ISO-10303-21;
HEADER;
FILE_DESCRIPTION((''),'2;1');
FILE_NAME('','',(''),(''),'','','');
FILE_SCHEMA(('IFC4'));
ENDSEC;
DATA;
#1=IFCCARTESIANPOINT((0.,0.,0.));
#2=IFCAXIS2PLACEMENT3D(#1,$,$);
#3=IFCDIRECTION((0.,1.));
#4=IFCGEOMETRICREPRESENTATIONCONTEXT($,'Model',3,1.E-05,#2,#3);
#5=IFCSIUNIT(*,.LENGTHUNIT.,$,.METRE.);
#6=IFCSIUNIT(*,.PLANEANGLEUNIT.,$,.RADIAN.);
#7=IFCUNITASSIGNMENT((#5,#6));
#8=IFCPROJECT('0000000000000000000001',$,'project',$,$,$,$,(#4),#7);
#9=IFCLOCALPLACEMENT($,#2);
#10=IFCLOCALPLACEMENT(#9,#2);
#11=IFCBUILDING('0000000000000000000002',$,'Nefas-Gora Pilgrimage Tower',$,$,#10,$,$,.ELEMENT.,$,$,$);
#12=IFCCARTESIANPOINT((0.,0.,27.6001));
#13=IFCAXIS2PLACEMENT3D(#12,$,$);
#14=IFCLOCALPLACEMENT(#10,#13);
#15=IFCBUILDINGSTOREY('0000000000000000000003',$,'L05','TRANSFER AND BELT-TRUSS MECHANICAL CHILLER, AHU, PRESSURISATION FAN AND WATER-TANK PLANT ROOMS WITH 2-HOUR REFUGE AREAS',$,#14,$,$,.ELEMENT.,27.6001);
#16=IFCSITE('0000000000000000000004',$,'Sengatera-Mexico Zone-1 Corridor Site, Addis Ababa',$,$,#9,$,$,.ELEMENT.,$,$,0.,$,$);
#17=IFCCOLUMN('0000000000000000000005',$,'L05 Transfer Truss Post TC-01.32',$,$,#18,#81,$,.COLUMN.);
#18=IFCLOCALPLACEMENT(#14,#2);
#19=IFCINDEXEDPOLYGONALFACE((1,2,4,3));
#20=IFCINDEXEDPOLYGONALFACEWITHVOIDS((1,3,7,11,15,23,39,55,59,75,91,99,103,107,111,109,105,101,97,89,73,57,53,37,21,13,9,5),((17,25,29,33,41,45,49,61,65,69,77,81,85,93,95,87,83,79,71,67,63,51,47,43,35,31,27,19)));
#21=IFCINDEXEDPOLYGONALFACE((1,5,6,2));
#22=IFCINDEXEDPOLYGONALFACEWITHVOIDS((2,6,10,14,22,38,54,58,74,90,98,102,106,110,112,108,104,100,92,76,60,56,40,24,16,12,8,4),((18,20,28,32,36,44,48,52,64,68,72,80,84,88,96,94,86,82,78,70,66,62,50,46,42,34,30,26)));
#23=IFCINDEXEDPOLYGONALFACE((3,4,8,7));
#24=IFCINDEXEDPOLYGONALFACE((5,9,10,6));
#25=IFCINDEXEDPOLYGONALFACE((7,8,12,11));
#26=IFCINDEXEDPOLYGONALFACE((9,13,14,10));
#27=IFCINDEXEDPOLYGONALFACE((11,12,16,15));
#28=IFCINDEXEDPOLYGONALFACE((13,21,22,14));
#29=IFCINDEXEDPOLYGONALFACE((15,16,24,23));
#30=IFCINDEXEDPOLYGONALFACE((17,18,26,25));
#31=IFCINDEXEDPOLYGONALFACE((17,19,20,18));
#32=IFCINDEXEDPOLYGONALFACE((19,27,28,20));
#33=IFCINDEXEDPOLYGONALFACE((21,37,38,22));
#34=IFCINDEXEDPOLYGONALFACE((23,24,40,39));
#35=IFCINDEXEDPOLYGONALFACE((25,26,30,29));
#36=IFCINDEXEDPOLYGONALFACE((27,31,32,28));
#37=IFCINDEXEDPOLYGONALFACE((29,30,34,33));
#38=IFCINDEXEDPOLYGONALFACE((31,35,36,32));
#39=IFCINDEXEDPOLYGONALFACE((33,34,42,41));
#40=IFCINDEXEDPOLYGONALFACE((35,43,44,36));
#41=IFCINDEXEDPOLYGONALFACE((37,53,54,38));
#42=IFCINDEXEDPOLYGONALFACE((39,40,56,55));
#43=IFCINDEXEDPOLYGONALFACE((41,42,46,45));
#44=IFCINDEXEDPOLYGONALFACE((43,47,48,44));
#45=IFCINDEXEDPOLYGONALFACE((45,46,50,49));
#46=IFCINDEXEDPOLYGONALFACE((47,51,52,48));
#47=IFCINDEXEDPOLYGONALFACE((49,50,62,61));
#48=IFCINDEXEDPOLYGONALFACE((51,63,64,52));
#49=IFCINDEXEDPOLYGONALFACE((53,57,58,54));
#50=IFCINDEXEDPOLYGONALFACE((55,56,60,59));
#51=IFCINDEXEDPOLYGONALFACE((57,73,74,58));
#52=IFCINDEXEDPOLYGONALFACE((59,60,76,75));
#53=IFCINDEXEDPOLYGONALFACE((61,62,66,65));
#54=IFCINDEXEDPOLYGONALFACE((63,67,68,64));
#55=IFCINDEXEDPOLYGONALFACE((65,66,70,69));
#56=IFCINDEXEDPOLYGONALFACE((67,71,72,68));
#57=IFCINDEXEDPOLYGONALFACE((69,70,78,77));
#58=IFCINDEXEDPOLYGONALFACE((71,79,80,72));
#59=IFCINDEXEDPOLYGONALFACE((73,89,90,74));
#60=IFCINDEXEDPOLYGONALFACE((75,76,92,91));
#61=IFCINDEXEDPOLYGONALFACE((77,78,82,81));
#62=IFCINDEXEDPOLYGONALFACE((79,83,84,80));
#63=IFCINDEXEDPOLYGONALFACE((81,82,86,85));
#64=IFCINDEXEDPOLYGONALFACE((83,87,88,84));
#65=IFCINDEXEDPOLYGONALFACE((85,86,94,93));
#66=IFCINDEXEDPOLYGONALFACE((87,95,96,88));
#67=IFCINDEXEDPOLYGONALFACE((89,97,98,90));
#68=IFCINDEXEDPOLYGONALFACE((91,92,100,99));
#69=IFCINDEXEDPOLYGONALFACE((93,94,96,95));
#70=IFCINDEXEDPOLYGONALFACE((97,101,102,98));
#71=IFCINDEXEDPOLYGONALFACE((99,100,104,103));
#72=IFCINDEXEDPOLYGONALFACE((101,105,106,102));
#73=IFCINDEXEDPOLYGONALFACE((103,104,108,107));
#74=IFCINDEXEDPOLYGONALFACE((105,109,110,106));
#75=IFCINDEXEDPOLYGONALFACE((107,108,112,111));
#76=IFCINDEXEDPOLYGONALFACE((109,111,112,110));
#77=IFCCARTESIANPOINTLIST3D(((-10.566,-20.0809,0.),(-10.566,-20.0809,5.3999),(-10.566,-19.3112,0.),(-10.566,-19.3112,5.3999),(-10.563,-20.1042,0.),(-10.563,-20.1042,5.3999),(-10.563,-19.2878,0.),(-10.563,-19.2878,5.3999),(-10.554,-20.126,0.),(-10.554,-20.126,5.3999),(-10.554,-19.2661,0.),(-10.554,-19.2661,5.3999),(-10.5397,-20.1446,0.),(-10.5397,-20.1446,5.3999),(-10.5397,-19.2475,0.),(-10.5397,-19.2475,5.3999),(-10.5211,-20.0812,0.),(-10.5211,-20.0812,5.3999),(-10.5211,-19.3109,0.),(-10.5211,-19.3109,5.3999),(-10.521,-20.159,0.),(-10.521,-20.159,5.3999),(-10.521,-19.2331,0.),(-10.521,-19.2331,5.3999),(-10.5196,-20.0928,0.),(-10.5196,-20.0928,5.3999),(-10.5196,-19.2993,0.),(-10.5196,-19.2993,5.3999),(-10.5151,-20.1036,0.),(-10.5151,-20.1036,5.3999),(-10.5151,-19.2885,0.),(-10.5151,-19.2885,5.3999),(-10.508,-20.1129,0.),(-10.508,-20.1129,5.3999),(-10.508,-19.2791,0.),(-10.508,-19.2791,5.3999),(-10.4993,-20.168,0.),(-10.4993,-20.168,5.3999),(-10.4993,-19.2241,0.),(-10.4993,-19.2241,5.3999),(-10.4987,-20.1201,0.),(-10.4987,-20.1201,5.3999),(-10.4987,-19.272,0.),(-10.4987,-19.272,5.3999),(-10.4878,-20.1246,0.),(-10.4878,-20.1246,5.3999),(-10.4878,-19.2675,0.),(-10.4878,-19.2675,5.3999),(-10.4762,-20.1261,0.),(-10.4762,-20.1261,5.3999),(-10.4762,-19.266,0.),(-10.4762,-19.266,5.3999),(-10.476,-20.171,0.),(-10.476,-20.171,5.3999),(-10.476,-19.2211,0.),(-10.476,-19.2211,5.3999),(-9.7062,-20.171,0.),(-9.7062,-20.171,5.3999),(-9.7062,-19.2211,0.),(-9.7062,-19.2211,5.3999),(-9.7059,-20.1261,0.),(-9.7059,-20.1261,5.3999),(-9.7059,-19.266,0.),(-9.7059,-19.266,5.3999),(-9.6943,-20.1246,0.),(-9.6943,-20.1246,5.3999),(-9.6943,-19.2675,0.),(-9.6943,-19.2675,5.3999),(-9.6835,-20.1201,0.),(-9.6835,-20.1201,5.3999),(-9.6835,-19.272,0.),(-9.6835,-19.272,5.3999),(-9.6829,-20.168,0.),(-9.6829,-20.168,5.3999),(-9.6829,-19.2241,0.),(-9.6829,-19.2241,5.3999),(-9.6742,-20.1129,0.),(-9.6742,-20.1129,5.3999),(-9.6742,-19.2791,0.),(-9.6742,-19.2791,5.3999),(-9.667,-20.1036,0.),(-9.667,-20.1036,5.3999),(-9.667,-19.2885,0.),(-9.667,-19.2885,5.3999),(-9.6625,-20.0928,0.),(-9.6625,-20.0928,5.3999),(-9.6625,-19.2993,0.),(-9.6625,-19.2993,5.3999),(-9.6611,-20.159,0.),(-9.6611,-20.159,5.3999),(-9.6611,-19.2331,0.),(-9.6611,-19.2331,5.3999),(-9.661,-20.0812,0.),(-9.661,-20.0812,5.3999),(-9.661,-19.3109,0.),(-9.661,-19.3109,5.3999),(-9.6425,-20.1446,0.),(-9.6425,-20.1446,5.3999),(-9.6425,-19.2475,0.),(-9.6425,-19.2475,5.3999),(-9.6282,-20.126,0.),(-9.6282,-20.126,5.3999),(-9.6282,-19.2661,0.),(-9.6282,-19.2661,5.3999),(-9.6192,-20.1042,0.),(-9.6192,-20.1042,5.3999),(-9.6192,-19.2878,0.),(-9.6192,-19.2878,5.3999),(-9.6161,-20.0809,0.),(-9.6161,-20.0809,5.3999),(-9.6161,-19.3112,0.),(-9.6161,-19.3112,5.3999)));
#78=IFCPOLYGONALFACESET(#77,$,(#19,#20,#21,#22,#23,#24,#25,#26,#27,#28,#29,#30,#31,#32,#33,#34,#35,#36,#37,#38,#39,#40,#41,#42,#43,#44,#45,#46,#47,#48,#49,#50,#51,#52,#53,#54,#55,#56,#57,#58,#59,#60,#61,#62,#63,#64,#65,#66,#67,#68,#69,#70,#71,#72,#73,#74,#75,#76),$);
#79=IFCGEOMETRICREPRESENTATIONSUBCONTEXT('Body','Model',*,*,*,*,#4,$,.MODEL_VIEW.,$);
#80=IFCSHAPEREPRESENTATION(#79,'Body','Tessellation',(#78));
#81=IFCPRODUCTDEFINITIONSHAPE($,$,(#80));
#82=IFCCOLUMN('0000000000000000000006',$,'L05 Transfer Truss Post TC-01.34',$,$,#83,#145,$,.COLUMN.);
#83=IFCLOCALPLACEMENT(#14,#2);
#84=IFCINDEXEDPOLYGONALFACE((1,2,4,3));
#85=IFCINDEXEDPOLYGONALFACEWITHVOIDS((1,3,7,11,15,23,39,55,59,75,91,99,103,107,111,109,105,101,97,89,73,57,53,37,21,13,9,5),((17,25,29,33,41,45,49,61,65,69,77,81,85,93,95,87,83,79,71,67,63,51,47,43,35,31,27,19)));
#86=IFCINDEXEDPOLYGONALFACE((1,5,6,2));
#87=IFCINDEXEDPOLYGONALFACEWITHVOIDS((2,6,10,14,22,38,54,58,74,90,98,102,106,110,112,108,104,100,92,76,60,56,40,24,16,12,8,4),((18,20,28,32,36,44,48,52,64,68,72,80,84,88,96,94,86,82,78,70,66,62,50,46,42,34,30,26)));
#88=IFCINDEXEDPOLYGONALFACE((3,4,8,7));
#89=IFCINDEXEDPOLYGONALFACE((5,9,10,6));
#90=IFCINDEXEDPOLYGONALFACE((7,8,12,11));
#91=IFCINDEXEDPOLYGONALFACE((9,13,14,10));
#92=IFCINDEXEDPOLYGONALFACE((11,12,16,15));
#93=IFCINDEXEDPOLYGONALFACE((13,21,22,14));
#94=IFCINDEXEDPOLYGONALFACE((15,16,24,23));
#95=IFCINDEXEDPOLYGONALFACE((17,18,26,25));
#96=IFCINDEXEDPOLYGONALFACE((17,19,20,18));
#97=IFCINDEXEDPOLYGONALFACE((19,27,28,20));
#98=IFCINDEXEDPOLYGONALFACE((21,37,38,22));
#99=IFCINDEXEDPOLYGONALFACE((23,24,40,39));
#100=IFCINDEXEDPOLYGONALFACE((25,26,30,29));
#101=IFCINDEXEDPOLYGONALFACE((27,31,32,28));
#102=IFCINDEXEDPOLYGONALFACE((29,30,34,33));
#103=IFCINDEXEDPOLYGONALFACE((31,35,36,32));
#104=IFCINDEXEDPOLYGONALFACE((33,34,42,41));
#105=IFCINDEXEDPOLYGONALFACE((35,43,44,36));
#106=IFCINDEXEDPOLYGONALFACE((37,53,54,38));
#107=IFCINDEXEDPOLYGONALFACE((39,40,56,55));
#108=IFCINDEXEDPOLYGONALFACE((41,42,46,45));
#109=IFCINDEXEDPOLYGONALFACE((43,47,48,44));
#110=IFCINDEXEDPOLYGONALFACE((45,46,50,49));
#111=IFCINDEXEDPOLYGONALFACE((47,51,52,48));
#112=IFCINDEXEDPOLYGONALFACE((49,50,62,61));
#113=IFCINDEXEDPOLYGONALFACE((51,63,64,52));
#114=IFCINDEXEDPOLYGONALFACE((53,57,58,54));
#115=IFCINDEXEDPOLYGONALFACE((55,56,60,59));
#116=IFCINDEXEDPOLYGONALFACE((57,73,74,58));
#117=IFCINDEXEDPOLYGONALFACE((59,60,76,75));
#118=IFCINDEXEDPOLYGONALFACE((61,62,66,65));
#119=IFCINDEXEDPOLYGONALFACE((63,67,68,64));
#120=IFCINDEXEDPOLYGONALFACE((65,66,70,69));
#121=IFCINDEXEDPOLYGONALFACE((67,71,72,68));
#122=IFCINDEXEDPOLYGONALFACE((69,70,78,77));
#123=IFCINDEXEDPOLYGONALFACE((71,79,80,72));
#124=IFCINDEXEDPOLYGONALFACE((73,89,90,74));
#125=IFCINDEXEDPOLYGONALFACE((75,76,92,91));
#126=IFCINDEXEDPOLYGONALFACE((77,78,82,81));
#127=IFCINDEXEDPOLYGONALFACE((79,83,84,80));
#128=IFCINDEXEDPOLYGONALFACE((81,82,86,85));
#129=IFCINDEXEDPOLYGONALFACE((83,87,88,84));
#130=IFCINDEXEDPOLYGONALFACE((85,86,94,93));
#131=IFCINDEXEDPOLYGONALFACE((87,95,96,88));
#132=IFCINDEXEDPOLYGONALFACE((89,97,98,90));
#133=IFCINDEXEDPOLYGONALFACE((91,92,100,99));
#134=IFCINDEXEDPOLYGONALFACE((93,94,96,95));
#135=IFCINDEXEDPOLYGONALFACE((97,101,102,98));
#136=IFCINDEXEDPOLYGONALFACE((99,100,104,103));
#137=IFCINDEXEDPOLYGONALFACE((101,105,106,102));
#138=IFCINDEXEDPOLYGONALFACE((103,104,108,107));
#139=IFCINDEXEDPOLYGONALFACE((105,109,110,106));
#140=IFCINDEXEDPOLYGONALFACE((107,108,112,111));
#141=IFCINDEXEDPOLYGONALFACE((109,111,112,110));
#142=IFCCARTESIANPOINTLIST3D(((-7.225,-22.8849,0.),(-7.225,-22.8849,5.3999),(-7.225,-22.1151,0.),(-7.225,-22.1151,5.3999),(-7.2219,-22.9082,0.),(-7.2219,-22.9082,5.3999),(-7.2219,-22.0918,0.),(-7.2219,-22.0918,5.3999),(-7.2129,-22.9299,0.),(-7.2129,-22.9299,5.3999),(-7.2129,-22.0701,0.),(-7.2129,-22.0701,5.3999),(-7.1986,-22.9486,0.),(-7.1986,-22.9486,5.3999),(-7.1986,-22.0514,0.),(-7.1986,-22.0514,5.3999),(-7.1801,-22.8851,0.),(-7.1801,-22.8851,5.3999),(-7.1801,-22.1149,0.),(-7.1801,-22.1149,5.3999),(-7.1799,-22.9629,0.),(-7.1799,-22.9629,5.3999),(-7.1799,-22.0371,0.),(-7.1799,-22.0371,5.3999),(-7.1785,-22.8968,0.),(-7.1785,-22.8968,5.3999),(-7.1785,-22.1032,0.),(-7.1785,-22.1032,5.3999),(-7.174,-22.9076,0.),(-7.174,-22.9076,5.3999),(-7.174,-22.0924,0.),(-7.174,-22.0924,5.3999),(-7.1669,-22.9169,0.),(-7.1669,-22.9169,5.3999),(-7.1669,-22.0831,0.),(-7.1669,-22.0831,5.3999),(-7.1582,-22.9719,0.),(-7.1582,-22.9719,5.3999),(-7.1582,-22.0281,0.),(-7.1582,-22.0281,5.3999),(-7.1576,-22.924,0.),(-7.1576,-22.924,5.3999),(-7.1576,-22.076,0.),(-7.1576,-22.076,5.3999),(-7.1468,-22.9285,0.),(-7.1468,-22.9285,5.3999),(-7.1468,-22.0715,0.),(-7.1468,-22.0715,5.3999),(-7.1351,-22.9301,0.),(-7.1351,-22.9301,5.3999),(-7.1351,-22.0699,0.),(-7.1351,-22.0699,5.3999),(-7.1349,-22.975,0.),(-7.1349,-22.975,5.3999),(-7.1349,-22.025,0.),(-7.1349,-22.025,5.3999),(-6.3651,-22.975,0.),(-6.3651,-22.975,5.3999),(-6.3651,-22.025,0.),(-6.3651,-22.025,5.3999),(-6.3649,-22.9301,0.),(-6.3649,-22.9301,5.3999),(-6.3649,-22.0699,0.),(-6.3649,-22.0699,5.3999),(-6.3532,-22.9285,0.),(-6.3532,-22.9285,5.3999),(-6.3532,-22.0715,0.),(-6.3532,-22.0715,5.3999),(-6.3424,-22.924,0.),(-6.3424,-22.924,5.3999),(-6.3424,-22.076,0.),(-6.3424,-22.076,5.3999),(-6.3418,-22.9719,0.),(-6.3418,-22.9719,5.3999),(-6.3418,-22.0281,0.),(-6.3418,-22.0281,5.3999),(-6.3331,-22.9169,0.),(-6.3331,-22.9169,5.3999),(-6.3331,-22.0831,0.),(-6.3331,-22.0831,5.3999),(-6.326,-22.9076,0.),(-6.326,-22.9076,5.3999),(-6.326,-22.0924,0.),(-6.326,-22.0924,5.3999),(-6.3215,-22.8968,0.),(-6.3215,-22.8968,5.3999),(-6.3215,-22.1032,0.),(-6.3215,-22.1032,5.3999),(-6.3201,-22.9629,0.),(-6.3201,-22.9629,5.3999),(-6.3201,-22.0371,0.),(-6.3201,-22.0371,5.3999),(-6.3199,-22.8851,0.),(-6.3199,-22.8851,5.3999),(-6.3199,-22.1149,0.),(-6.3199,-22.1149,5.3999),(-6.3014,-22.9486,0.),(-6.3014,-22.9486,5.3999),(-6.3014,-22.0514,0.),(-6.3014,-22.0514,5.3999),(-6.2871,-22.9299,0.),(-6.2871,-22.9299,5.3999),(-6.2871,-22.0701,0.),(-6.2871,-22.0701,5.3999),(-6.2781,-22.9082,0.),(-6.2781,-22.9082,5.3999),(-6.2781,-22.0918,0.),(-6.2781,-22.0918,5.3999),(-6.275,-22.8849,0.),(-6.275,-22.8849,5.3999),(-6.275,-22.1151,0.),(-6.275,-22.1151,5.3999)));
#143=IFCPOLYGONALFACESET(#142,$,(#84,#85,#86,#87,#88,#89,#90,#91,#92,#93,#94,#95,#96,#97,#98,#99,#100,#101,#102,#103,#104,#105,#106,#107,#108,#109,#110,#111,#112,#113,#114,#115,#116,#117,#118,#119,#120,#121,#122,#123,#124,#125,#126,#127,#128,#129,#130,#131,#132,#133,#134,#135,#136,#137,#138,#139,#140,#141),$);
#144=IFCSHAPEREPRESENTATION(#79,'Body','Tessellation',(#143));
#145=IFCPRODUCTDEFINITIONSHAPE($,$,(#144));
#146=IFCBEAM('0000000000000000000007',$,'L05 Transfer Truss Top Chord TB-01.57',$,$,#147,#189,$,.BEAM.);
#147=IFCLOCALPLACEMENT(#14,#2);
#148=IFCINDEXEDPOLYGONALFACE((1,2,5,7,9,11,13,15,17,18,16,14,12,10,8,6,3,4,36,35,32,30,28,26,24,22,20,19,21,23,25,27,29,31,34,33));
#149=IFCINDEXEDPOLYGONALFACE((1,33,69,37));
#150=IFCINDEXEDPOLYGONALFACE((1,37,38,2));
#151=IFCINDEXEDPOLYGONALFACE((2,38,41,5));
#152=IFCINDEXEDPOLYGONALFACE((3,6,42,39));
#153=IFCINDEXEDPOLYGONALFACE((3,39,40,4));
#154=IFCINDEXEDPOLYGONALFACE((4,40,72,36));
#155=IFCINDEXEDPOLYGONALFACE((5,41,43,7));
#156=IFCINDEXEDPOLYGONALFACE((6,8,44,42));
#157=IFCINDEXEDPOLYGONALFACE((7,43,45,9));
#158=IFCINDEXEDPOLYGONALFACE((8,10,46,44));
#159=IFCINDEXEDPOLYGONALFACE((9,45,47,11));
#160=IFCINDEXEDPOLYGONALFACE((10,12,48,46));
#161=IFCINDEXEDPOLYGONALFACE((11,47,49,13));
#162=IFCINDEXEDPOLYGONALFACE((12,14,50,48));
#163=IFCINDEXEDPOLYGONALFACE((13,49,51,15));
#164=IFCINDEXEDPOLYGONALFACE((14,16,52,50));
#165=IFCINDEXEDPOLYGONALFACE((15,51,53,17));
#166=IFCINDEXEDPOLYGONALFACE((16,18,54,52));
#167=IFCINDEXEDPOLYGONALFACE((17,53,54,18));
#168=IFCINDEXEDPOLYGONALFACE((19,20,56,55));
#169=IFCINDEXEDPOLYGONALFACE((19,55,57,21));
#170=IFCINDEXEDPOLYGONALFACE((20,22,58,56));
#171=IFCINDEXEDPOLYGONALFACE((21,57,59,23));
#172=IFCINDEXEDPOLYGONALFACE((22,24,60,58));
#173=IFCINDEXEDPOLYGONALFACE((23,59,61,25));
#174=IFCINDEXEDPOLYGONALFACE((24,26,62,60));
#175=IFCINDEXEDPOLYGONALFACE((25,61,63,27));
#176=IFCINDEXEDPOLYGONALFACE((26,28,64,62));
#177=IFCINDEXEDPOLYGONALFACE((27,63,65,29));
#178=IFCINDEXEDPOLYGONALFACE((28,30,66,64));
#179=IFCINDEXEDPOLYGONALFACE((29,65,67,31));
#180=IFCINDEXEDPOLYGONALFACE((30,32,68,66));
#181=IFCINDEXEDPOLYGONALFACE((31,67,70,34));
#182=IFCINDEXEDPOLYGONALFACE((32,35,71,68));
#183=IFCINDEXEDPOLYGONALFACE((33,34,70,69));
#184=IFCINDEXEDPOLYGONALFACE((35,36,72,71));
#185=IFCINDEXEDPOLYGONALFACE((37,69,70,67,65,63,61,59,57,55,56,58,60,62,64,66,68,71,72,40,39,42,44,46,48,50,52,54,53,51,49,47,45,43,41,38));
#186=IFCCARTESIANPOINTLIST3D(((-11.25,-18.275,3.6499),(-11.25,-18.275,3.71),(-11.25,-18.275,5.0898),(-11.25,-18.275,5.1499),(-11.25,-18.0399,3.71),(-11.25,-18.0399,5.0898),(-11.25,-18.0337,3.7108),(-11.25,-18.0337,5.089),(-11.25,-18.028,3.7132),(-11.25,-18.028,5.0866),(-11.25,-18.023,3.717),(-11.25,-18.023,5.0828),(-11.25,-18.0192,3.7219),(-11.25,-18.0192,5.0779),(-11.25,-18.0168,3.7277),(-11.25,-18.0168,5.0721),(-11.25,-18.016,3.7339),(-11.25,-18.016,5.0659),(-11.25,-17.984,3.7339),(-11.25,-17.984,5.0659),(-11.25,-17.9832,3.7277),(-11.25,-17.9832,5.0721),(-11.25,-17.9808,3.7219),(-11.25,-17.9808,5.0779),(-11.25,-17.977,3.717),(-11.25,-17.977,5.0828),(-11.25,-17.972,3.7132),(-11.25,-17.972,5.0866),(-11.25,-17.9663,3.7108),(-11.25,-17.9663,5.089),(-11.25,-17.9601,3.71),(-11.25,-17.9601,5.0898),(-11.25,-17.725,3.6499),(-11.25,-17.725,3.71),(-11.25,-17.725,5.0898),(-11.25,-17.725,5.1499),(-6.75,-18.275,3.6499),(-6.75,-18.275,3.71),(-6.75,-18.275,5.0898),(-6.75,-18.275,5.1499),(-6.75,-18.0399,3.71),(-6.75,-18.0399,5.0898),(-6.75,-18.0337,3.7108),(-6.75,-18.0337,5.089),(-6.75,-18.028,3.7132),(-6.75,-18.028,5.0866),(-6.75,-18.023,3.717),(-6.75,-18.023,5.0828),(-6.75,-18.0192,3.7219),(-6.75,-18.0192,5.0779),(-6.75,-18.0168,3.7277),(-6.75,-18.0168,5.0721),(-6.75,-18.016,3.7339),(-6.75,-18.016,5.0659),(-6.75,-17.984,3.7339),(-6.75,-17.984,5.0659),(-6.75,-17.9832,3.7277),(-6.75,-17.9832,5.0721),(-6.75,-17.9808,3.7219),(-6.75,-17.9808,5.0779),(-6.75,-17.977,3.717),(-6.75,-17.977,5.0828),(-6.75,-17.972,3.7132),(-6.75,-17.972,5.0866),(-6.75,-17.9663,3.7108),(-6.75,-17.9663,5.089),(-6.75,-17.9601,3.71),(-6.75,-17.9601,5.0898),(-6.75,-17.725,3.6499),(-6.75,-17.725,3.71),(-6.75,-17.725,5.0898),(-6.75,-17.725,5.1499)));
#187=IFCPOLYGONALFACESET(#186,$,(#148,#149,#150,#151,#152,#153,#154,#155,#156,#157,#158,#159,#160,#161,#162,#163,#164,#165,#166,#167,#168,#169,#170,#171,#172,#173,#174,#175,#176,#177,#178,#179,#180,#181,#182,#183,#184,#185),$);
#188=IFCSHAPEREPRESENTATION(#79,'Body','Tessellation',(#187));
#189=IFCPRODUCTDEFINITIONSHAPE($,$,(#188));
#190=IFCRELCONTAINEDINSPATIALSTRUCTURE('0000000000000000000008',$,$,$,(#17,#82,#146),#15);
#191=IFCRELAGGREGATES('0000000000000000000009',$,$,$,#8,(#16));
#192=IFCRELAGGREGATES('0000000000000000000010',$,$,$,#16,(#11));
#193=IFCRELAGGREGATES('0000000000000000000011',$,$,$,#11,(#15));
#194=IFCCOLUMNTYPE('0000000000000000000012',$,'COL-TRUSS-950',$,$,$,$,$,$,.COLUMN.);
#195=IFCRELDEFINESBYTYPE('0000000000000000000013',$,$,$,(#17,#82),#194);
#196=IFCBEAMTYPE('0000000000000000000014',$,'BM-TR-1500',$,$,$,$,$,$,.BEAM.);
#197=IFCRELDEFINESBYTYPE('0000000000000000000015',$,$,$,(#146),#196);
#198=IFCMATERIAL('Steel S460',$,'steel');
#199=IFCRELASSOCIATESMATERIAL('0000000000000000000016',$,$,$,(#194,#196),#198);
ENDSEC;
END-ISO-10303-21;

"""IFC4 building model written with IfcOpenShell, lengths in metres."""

from ifc_helpers import new_model, si_unit, direction, frame, origin, origin_2d, place, context, subcontext, project, spatial, hollow_rectangle, i_section, extrude, source, transform, mapped, material, material_profile, profile_set, type_object, element, save


model = new_model("IFC4")

# Units and contexts
model_context = context("Model", 3, precision=1e-05, world=origin(), true_north=direction((0.0, 1.0)))
body_context = subcontext(model_context, "Body", "Model", "MODEL_VIEW")
ifc_project = project(units=[si_unit("LENGTHUNIT", "METRE"), si_unit("PLANEANGLEUNIT", "RADIAN")], contexts=[model_context])

# Site, building, storey
site_placement = place(None, origin())
site = spatial("IfcSite", under=ifc_project, at=site_placement, Name="Sengatera-Mexico Zone-1 Corridor Site, Addis Ababa", CompositionType="ELEMENT", RefElevation=0.0)
building_placement = place(site_placement, origin())
building = spatial("IfcBuilding", under=site, at=building_placement, Name="Nefas-Gora Pilgrimage Tower", CompositionType="ELEMENT")
storey_placement = place(building_placement, frame((0.0, 0.0, 27.6001)))
storey = spatial("IfcBuildingStorey", under=building, at=storey_placement, Name="L05", Description="TRANSFER AND BELT-TRUSS MECHANICAL CHILLER, AHU, PRESSURISATION FAN AND WATER-TANK PLANT ROOMS WITH 2-HOUR REFUGE AREAS", CompositionType="ELEMENT", Elevation=27.6001)

# Columns
ifc_material_1 = material(Name="Steel S460", Category="steel")
ifc_material_profile_1 = material_profile(ifc_material_1, hollow_rectangle(XDim=0.95, YDim=0.95, WallThickness=0.0449, InnerFilletRadius=0.0449, OuterFilletRadius=0.0901, at=origin_2d()), Name="BOX 950x950x45")
ifc_profile_set_1 = profile_set([ifc_material_profile_1], Name="Steel S460")
column_type_1 = type_object("IfcColumnType", Name="COL-TRUSS-950", PredefinedType="COLUMN", material=ifc_profile_set_1)
shared_shape_1 = source(origin(), body_context, "Body", "SweptSolid", [
    extrude(hollow_rectangle(XDim=0.95, YDim=0.95, WallThickness=0.0449, InnerFilletRadius=0.0449, OuterFilletRadius=0.0901, at=origin_2d()), origin(), (0.0, 0.0, 1.0), 5.3999),
])
for number, where, z_axis, x_axis, name in (
    (1, (-10.0911, -19.696, 0.0), (0.0, 0.0, 1.0), (1.0, 0.0, 0.0), "L05 Transfer Truss Post TC-01.32"),
    (2, (-6.75, -22.5, 0.0), (0.0, 0.0, 1.0), (1.0, 0.0, 0.0), "L05 Transfer Truss Post TC-01.34"),
):
    element("IfcColumn", number, at=place(storey_placement, frame(where, z_axis=z_axis, x_axis=x_axis)), inside=storey, type_object=column_type_1, Name=name, PredefinedType="COLUMN", context=body_context, shape_type="MappedRepresentation", body=[
        mapped(shared_shape_1, transform((0.0, 0.0, 0.0), x_axis=(1.0, 0.0, 0.0), y_axis=(0.0, 1.0, 0.0), z_axis=(0.0, 0.0, 1.0), scale=1.0)),
    ])

# Beam
ifc_material_profile_2 = material_profile(ifc_material_1, i_section(OverallWidth=0.55, OverallDepth=1.5, WebThickness=0.032, FlangeThickness=0.0601, FilletRadius=0.0239, at=origin_2d()), Name="WPG 1500x550x32x60")
ifc_profile_set_2 = profile_set([ifc_material_profile_2], Name="Steel S460")
beam_type_1 = type_object("IfcBeamType", Name="BM-TR-1500", PredefinedType="BEAM", material=ifc_profile_set_2)
shared_shape_2 = source(origin(), body_context, "Body", "SweptSolid", [
    extrude(i_section(OverallWidth=0.55, OverallDepth=1.5, WebThickness=0.032, FlangeThickness=0.0601, FilletRadius=0.0239, at=origin_2d()), origin(), (0.0, 0.0, 1.0), 4.5),
])
for number, where, z_axis, x_axis, name in (
    (3, (-11.25, -18.0, 4.3999), (1.0, 0.0, 0.0), (0.0, 1.0, 0.0), "L05 Transfer Truss Top Chord TB-01.57"),
):
    element("IfcBeam", number, at=place(storey_placement, frame(where, z_axis=z_axis, x_axis=x_axis)), inside=storey, type_object=beam_type_1, Name=name, PredefinedType="BEAM", context=body_context, shape_type="MappedRepresentation", body=[
        mapped(shared_shape_2, transform((0.0, 0.0, 0.0), x_axis=(1.0, 0.0, 0.0), y_axis=(0.0, 1.0, 0.0), z_axis=(0.0, 0.0, 1.0), scale=1.0)),
    ])

save(model, "model.ifc")
